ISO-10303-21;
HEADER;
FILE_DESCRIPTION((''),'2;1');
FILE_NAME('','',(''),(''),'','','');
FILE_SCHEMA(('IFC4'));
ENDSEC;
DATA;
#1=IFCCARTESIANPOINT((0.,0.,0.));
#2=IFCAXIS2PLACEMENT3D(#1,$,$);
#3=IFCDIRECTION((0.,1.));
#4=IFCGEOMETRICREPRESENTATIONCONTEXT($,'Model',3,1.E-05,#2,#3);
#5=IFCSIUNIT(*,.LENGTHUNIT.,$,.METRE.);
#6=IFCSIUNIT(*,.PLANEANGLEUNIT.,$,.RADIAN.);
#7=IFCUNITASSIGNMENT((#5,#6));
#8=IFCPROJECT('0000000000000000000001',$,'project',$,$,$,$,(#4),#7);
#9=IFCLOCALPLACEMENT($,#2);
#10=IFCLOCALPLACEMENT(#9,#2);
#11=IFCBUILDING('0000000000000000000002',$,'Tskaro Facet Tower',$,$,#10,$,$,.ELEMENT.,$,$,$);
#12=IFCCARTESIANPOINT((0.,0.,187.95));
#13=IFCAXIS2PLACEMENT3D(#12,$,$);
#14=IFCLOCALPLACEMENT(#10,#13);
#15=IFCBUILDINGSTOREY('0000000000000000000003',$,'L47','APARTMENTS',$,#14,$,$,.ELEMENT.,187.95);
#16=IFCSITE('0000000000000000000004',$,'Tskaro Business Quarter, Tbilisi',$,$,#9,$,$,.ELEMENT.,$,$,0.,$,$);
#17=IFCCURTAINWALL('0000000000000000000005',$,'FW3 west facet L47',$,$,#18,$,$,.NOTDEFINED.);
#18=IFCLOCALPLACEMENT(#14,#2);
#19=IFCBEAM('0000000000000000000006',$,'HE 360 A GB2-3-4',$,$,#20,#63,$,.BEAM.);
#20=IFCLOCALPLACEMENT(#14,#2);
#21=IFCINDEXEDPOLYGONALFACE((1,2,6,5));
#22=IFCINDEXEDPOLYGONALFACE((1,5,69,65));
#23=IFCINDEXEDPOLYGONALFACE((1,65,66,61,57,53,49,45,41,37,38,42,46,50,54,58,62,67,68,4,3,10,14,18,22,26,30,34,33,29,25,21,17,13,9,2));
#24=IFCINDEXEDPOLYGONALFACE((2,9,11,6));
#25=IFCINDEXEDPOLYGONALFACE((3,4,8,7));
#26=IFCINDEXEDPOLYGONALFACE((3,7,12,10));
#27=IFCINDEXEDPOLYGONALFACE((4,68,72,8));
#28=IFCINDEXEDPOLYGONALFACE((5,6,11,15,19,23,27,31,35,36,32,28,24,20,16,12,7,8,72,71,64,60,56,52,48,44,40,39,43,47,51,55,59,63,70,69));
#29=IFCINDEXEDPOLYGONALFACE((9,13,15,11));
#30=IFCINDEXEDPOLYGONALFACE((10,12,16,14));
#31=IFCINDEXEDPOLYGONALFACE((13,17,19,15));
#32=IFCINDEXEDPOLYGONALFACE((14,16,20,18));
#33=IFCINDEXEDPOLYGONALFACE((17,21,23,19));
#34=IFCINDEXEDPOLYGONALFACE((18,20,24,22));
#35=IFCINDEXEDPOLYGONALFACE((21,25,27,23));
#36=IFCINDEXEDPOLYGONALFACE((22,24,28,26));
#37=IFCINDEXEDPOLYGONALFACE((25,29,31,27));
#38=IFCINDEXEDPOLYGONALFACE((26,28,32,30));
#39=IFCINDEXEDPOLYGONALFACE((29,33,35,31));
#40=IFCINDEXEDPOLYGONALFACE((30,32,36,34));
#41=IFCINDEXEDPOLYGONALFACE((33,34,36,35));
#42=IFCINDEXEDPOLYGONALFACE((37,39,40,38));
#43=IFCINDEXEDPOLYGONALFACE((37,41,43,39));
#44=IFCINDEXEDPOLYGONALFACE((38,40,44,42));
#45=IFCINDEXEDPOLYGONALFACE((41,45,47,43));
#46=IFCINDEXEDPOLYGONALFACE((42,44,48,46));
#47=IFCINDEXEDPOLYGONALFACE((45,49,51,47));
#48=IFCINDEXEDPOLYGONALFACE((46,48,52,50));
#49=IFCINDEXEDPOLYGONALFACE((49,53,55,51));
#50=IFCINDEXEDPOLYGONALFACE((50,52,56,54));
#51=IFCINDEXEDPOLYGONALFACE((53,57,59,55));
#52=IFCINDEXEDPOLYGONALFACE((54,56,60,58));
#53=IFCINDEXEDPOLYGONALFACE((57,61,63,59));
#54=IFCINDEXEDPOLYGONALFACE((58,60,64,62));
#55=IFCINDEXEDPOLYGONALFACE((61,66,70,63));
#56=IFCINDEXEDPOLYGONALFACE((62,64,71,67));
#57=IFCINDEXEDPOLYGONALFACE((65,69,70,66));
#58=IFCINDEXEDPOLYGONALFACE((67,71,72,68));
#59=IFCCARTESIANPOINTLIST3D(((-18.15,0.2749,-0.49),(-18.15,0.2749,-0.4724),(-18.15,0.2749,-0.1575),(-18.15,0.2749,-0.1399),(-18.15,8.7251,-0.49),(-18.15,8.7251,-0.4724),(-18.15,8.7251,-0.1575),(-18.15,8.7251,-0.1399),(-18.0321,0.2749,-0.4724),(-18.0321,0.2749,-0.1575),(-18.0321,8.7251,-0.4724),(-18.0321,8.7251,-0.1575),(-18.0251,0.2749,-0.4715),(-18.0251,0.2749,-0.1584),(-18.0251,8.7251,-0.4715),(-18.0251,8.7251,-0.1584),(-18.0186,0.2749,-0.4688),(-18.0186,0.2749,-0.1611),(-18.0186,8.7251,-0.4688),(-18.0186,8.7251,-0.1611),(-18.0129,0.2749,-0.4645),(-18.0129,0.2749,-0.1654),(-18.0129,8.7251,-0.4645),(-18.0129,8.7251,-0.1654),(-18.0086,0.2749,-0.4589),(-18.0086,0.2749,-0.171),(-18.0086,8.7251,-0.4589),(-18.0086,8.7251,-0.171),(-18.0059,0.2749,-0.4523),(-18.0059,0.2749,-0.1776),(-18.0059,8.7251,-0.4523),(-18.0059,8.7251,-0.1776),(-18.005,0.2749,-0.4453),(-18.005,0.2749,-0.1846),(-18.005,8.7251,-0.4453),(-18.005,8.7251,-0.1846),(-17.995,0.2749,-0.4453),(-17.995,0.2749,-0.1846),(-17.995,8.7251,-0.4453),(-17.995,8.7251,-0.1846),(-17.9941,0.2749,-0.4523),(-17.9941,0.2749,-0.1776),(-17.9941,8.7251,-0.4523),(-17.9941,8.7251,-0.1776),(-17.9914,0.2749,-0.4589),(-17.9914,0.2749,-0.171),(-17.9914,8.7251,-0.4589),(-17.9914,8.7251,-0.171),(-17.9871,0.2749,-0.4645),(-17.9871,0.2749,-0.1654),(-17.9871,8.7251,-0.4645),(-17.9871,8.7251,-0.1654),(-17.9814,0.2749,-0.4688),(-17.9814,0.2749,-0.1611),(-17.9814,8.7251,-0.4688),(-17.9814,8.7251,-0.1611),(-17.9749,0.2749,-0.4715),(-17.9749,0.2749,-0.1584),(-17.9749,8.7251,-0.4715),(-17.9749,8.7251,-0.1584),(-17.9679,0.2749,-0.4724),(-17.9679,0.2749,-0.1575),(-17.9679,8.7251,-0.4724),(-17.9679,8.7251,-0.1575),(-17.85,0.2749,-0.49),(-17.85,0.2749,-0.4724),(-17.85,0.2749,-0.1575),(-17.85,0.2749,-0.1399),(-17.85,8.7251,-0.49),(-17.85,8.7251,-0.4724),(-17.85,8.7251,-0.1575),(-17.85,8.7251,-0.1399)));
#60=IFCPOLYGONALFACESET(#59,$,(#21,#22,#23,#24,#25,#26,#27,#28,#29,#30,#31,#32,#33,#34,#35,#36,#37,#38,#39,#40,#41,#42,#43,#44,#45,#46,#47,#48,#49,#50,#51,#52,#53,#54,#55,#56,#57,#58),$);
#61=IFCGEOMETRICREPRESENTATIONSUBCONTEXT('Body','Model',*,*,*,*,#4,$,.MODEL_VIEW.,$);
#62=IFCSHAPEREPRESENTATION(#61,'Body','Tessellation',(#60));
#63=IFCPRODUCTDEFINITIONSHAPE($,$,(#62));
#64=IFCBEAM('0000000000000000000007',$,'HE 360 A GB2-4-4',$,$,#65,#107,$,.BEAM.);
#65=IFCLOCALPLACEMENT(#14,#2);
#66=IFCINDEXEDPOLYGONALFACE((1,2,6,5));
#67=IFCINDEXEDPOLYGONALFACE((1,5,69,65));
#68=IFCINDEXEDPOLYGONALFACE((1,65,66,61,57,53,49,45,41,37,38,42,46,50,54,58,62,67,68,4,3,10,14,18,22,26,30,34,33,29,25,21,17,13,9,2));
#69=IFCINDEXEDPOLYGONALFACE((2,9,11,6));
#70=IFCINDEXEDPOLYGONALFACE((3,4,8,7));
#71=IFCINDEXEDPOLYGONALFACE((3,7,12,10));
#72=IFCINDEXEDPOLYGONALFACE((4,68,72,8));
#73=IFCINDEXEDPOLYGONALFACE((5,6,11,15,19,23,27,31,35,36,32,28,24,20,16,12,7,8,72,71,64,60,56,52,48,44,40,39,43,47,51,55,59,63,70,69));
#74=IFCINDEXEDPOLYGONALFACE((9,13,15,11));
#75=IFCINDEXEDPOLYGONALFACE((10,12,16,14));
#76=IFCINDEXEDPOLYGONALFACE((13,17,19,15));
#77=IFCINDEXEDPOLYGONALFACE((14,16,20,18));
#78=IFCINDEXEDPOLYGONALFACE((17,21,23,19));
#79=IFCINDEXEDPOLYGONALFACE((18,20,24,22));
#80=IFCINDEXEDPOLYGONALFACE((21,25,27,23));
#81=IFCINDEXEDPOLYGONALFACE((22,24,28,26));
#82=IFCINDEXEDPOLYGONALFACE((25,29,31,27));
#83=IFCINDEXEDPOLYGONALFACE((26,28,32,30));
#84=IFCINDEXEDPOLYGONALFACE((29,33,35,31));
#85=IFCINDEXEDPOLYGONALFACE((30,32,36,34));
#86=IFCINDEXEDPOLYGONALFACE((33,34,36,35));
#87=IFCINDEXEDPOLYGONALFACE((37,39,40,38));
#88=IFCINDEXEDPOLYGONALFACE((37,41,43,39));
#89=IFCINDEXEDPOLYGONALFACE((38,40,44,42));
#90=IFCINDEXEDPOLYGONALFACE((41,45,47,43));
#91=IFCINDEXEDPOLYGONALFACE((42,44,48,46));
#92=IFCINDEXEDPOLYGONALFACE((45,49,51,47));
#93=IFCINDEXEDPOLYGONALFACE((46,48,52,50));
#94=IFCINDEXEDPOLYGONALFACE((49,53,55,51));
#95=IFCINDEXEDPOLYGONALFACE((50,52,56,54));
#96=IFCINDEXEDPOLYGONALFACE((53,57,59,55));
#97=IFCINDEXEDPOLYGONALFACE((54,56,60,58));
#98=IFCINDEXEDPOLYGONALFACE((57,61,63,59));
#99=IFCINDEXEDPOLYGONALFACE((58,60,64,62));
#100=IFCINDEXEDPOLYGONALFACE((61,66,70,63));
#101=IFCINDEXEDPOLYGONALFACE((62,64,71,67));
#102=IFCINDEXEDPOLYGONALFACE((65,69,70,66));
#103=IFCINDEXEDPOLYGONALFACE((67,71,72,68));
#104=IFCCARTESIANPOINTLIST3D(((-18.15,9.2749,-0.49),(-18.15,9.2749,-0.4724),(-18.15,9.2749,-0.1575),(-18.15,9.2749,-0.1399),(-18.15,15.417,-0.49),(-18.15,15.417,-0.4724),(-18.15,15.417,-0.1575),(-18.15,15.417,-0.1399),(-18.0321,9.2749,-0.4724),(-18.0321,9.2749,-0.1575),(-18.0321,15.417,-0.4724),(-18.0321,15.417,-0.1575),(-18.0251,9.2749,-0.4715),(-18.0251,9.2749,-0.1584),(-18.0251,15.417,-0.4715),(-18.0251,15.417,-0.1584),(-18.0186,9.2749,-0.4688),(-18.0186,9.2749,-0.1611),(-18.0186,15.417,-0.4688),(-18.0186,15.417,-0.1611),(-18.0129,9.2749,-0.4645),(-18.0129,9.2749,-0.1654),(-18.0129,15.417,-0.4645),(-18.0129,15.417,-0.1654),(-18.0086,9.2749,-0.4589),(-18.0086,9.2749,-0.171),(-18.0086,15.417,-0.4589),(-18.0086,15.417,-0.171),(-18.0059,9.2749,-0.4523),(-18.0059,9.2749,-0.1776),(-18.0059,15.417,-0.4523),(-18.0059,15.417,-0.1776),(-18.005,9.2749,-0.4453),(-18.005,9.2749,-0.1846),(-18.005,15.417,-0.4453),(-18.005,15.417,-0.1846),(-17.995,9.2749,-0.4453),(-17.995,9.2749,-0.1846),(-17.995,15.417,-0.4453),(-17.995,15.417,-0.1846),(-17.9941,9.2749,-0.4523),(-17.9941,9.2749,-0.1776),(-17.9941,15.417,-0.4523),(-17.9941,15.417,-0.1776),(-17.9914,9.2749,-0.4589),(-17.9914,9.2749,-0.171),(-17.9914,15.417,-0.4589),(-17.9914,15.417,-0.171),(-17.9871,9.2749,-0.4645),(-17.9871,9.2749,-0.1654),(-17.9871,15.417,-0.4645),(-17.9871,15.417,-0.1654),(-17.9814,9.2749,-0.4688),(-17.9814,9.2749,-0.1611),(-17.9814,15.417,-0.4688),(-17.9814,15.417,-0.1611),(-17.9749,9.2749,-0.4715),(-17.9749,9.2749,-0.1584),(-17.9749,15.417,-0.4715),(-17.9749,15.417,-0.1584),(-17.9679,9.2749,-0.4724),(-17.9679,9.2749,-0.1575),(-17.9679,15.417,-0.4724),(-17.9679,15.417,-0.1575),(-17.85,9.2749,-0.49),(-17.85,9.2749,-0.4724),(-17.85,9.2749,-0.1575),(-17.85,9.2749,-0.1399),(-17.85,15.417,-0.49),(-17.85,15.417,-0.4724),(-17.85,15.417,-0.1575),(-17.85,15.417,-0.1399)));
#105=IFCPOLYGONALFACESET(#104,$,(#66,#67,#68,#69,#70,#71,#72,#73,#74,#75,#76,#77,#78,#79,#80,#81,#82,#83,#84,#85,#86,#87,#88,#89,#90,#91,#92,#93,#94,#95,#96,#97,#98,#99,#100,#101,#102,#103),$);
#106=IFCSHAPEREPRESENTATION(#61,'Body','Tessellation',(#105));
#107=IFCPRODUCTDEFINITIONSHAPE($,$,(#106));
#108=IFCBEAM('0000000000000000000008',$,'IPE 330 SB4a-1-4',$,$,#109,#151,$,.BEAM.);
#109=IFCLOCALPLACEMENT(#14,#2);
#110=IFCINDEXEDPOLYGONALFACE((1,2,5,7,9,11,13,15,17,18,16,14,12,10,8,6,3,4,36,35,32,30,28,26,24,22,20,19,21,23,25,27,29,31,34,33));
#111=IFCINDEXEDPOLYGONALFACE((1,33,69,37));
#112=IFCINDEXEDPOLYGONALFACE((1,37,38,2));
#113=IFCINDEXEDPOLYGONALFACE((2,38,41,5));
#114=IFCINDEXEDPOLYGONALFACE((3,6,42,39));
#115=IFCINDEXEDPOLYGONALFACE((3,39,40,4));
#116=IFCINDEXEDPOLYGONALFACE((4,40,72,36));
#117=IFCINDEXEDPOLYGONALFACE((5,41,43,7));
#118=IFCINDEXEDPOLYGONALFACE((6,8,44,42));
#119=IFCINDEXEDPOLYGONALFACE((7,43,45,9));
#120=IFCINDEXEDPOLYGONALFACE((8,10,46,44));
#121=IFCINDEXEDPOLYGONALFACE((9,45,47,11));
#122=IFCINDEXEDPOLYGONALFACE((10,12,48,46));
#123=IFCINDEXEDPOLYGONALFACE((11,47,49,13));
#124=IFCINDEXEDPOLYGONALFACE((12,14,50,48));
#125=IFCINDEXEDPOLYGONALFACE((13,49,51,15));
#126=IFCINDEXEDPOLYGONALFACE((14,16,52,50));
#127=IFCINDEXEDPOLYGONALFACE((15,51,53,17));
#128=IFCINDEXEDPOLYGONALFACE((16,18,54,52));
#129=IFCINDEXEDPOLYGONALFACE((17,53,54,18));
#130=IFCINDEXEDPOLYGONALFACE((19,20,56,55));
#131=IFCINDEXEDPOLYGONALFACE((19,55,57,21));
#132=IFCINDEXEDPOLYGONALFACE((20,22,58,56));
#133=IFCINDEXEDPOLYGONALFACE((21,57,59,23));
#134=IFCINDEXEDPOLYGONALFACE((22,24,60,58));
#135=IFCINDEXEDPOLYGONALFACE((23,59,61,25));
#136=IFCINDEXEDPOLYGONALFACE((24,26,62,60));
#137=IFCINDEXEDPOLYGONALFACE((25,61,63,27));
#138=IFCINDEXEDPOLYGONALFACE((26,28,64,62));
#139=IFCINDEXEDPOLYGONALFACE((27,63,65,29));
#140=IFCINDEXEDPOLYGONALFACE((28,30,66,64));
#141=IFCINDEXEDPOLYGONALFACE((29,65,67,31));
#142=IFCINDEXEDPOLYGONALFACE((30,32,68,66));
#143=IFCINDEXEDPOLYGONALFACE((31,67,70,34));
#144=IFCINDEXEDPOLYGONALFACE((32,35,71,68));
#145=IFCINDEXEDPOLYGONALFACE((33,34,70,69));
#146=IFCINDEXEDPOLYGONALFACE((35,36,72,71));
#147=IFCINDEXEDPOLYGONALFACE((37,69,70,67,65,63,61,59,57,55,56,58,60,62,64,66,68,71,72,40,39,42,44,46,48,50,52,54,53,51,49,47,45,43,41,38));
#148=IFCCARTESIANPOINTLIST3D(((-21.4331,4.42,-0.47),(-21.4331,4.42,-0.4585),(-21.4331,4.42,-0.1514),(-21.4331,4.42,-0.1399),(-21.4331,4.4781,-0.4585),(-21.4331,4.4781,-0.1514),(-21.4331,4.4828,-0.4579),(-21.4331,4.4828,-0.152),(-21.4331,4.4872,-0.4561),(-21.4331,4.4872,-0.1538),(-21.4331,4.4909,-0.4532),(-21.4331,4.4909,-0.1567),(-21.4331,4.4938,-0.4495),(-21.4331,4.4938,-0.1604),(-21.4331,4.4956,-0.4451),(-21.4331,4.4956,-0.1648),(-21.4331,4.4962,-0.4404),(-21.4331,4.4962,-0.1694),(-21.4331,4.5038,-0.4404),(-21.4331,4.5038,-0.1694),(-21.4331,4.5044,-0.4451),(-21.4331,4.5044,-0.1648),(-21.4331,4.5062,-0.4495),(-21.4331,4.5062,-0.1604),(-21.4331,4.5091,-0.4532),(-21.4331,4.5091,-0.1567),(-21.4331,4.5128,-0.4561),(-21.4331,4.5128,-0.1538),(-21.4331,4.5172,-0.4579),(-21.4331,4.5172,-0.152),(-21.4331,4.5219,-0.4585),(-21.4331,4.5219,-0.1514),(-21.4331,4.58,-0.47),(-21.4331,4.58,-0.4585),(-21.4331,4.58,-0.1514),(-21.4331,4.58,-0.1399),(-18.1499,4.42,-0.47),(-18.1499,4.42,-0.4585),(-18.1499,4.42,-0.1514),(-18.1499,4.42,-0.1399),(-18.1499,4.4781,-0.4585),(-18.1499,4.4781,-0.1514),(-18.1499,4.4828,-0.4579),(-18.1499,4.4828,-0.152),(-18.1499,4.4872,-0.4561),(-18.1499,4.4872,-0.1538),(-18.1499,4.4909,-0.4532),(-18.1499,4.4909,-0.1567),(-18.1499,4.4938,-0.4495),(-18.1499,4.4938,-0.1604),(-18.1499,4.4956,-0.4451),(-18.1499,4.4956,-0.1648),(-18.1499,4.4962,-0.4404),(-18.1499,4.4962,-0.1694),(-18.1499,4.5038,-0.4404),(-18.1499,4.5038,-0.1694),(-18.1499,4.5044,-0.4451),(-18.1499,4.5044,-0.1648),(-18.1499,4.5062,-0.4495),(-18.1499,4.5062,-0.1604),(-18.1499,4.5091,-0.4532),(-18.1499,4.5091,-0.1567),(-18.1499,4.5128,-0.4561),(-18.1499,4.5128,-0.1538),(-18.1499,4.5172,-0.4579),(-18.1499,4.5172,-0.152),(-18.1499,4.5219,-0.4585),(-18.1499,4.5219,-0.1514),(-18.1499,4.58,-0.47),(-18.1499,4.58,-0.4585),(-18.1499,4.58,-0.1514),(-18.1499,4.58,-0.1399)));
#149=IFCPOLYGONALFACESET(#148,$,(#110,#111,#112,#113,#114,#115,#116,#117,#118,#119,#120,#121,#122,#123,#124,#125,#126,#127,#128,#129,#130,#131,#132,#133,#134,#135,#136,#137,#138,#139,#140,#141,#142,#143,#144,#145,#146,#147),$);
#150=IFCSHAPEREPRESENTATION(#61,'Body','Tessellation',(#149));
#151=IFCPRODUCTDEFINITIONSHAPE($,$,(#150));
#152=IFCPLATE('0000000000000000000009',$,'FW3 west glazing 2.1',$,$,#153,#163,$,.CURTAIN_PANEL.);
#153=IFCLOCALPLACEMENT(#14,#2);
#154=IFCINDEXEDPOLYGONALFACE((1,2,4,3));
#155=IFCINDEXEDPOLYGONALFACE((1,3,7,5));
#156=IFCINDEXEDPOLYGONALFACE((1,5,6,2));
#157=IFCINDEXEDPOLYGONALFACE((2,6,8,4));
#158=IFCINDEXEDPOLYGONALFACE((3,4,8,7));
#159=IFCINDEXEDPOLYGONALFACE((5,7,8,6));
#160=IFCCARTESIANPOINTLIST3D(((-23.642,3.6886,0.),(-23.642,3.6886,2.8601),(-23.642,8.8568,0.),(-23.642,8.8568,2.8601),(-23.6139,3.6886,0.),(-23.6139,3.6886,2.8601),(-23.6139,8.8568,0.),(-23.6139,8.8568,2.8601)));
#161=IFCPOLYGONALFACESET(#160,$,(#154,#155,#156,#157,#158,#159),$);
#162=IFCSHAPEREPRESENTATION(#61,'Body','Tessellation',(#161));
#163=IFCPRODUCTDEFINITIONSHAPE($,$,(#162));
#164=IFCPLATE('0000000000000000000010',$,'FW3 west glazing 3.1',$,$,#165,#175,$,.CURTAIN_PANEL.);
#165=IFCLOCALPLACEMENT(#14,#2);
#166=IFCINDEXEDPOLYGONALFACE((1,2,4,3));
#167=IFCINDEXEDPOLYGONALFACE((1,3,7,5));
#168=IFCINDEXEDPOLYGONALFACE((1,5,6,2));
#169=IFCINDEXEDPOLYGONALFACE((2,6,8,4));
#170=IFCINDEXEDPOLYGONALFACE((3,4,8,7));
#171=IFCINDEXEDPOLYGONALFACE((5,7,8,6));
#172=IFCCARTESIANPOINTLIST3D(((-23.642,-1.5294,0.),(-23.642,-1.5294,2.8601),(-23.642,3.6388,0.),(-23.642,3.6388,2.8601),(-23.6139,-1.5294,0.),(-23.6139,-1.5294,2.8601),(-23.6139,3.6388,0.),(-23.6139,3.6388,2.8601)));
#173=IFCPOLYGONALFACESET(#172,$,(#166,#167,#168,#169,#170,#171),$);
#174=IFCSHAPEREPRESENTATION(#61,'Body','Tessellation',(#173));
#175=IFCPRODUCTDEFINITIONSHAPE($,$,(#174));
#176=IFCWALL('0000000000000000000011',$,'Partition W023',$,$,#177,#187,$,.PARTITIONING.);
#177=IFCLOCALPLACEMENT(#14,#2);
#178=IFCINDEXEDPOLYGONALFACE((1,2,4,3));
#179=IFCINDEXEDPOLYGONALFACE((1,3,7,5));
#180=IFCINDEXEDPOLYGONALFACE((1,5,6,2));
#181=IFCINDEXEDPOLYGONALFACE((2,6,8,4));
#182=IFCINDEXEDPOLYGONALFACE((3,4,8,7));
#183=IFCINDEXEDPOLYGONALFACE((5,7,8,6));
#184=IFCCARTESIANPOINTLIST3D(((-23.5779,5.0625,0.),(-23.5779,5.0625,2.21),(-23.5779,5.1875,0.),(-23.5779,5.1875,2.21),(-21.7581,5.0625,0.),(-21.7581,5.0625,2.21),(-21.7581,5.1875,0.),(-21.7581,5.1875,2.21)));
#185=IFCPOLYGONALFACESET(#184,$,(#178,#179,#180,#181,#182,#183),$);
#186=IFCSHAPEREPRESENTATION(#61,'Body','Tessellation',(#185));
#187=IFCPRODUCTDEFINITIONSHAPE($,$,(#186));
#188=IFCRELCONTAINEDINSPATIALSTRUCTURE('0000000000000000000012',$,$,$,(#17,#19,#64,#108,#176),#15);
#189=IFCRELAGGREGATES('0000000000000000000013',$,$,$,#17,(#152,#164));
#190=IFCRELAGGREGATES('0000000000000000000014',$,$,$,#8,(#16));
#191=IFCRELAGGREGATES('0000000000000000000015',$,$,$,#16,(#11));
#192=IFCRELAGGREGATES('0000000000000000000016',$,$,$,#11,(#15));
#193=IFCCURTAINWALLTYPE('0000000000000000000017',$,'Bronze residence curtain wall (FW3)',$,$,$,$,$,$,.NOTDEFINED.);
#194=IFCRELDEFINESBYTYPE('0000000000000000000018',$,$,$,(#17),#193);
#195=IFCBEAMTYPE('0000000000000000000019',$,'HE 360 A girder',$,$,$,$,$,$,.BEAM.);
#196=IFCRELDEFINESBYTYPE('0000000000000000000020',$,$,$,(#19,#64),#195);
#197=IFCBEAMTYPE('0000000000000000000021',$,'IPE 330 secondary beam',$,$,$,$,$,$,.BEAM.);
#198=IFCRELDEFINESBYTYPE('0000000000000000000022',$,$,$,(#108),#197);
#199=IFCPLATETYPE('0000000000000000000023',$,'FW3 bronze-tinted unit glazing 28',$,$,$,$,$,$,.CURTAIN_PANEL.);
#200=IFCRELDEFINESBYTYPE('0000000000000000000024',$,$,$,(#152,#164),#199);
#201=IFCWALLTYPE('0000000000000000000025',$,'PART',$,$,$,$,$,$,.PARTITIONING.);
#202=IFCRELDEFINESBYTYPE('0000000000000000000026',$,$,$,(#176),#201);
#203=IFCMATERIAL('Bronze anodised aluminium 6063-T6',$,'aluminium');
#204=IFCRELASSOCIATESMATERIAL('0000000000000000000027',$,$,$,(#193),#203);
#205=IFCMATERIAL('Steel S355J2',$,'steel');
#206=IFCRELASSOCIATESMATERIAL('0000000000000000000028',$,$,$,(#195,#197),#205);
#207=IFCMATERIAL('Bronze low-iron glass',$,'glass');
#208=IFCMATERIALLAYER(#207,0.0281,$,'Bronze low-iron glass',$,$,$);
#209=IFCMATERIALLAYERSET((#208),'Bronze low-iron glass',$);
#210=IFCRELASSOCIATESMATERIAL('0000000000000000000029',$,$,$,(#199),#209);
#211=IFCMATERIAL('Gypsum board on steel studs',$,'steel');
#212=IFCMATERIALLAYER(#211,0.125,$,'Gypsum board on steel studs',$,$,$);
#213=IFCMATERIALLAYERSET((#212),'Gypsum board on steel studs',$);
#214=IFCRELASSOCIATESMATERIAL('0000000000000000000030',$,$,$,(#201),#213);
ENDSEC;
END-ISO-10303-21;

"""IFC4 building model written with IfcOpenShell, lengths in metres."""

from ifc_helpers import new_model, si_unit, direction, frame, frame_2d, origin, origin_2d, place, context, subcontext, project, spatial, rectangle, i_section, extrude, material, layer, layer_set, material_profile, profile_set, type_object, element, aggregate, save


model = new_model("IFC4")

# Units and contexts
model_context = context("Model", 3, precision=1e-05, world=origin(), true_north=direction((0.0, 1.0)))
body_context = subcontext(model_context, "Body", "Model", "MODEL_VIEW")
ifc_project = project(units=[si_unit("LENGTHUNIT", "METRE"), si_unit("PLANEANGLEUNIT", "RADIAN")], contexts=[model_context])

# Site, building, storey
site_placement = place(None, origin())
site = spatial("IfcSite", under=ifc_project, at=site_placement, Name="Tskaro Business Quarter, Tbilisi", CompositionType="ELEMENT", RefElevation=0.0)
building_placement = place(site_placement, origin())
building = spatial("IfcBuilding", under=site, at=building_placement, Name="Tskaro Facet Tower", CompositionType="ELEMENT")
storey_placement = place(building_placement, frame((0.0, 0.0, 187.95)))
storey = spatial("IfcBuildingStorey", under=building, at=storey_placement, Name="L47", Description="APARTMENTS", CompositionType="ELEMENT", Elevation=187.95)

# Curtain wall
ifc_material_1 = material(Name="Bronze anodised aluminium 6063-T6", Category="aluminium")
curtain_wall_type = type_object("IfcCurtainWallType", Name="Bronze residence curtain wall (FW3)", PredefinedType="NOTDEFINED", material=ifc_material_1)
curtain_wall_placement = place(storey_placement, origin())
curtain_wall = element("IfcCurtainWall", 1, at=curtain_wall_placement, inside=storey, type_object=curtain_wall_type, Name="FW3 west facet L47", PredefinedType="NOTDEFINED")

# Beams
ifc_material_2 = material(Name="Steel S355J2", Category="steel")
ifc_material_profile_1 = material_profile(ifc_material_2, i_section(OverallWidth=0.3, OverallDepth=0.3501, WebThickness=0.01, FlangeThickness=0.0176, FilletRadius=0.0271, at=origin_2d()), Name="HE 360 A")
ifc_profile_set_1 = profile_set([ifc_material_profile_1], Name="Steel S355J2")
beam_type_1 = type_object("IfcBeamType", Name="HE 360 A girder", PredefinedType="BEAM", material=ifc_profile_set_1)
beam_1_placement = place(storey_placement, frame((-18.0, 0.2749, -0.3149), z_axis=(0.0, 1.0, 0.0), x_axis=(-1.0, 0.0, 0.0)))
element("IfcBeam", 2, at=beam_1_placement, inside=storey, type_object=beam_type_1, Name="HE 360 A GB2-3-4", PredefinedType="BEAM", context=body_context, shape_type="SweptSolid", body=[
    extrude(i_section(OverallWidth=0.3, OverallDepth=0.3501, WebThickness=0.01, FlangeThickness=0.0176, FilletRadius=0.0271, at=origin_2d()), origin(), (0.0, 0.0, 1.0), 8.4502),
])
beam_2_placement = place(storey_placement, frame((-18.0, 9.2749, -0.3149), z_axis=(0.0, 1.0, 0.0), x_axis=(-1.0, 0.0, 0.0)))
element("IfcBeam", 3, at=beam_2_placement, inside=storey, type_object=beam_type_1, Name="HE 360 A GB2-4-4", PredefinedType="BEAM", context=body_context, shape_type="SweptSolid", body=[
    extrude(i_section(OverallWidth=0.3, OverallDepth=0.3501, WebThickness=0.01, FlangeThickness=0.0176, FilletRadius=0.0271, at=origin_2d()), origin(), (0.0, 0.0, 1.0), 6.1421),
])
ifc_material_profile_2 = material_profile(ifc_material_2, i_section(OverallWidth=0.1599, OverallDepth=0.3301, WebThickness=0.0076, FlangeThickness=0.0115, FilletRadius=0.0181, at=origin_2d()), Name="IPE 330")
ifc_profile_set_2 = profile_set([ifc_material_profile_2], Name="Steel S355J2")
beam_type_2 = type_object("IfcBeamType", Name="IPE 330 secondary beam", PredefinedType="BEAM", material=ifc_profile_set_2)
beam_3_placement = place(storey_placement, frame((-21.4331, 4.5, -0.3049), z_axis=(1.0, 0.0, 0.0), x_axis=(0.0, 1.0, 0.0)))
element("IfcBeam", 4, at=beam_3_placement, inside=storey, type_object=beam_type_2, Name="IPE 330 SB4a-1-4", PredefinedType="BEAM", context=body_context, shape_type="SweptSolid", body=[
    extrude(i_section(OverallWidth=0.1599, OverallDepth=0.3301, WebThickness=0.0076, FlangeThickness=0.0115, FilletRadius=0.0181, at=origin_2d()), origin(), (0.0, 0.0, 1.0), 3.2832),
])

# Plates
ifc_material_3 = material(Name="Bronze low-iron glass", Category="glass")
ifc_layer_1 = layer(ifc_material_3, 0.0281, Name="Bronze low-iron glass")
ifc_layer_set_1 = layer_set([ifc_layer_1], Name="Bronze low-iron glass")
plate_type = type_object("IfcPlateType", Name="FW3 bronze-tinted unit glazing 28", PredefinedType="CURTAIN_PANEL", material=ifc_layer_set_1)
plate_1_placement = place(storey_placement, frame((-23.6279, 6.2727, 0.0), z_axis=(0.0, 0.0, 1.0), x_axis=(0.0, -1.0, 0.0)))
plate_1 = element("IfcPlate", 5, at=plate_1_placement, type_object=plate_type, Name="FW3 west glazing 2.1", PredefinedType="CURTAIN_PANEL", context=body_context, shape_type="SweptSolid", body=[
    extrude(rectangle(XDim=5.1682, YDim=0.0281, at=origin_2d()), origin(), (0.0, 0.0, 1.0), 2.8601),
])
plate_2_placement = place(storey_placement, frame((-23.6279, 1.0547, 0.0), z_axis=(0.0, 0.0, 1.0), x_axis=(0.0, -1.0, 0.0)))
plate_2 = element("IfcPlate", 6, at=plate_2_placement, type_object=plate_type, Name="FW3 west glazing 3.1", PredefinedType="CURTAIN_PANEL", context=body_context, shape_type="SweptSolid", body=[
    extrude(rectangle(XDim=5.1682, YDim=0.0281, at=origin_2d()), origin(), (0.0, 0.0, 1.0), 2.8601),
])
aggregate(curtain_wall, [plate_1, plate_2])

# Wall
ifc_material_4 = material(Name="Gypsum board on steel studs", Category="steel")
ifc_layer_2 = layer(ifc_material_4, 0.125, Name="Gypsum board on steel studs")
ifc_layer_set_2 = layer_set([ifc_layer_2], Name="Gypsum board on steel studs")
wall_type = type_object("IfcWallType", Name="PART", PredefinedType="PARTITIONING", material=ifc_layer_set_2)
wall_1_placement = place(storey_placement, frame((-23.5779, 5.125, 0.0), z_axis=(0.0, 0.0, 1.0), x_axis=(1.0, 0.0, 0.0)))
element("IfcWall", 7, at=wall_1_placement, inside=storey, type_object=wall_type, Name="Partition W023", PredefinedType="PARTITIONING", context=body_context, shape_type="SweptSolid", body=[
    extrude(rectangle(XDim=1.8198, YDim=0.125, at=frame_2d((0.9099, 0.0))), origin(), (0.0, 0.0, 1.0), 2.21),
])

save(model, "model.ifc")
